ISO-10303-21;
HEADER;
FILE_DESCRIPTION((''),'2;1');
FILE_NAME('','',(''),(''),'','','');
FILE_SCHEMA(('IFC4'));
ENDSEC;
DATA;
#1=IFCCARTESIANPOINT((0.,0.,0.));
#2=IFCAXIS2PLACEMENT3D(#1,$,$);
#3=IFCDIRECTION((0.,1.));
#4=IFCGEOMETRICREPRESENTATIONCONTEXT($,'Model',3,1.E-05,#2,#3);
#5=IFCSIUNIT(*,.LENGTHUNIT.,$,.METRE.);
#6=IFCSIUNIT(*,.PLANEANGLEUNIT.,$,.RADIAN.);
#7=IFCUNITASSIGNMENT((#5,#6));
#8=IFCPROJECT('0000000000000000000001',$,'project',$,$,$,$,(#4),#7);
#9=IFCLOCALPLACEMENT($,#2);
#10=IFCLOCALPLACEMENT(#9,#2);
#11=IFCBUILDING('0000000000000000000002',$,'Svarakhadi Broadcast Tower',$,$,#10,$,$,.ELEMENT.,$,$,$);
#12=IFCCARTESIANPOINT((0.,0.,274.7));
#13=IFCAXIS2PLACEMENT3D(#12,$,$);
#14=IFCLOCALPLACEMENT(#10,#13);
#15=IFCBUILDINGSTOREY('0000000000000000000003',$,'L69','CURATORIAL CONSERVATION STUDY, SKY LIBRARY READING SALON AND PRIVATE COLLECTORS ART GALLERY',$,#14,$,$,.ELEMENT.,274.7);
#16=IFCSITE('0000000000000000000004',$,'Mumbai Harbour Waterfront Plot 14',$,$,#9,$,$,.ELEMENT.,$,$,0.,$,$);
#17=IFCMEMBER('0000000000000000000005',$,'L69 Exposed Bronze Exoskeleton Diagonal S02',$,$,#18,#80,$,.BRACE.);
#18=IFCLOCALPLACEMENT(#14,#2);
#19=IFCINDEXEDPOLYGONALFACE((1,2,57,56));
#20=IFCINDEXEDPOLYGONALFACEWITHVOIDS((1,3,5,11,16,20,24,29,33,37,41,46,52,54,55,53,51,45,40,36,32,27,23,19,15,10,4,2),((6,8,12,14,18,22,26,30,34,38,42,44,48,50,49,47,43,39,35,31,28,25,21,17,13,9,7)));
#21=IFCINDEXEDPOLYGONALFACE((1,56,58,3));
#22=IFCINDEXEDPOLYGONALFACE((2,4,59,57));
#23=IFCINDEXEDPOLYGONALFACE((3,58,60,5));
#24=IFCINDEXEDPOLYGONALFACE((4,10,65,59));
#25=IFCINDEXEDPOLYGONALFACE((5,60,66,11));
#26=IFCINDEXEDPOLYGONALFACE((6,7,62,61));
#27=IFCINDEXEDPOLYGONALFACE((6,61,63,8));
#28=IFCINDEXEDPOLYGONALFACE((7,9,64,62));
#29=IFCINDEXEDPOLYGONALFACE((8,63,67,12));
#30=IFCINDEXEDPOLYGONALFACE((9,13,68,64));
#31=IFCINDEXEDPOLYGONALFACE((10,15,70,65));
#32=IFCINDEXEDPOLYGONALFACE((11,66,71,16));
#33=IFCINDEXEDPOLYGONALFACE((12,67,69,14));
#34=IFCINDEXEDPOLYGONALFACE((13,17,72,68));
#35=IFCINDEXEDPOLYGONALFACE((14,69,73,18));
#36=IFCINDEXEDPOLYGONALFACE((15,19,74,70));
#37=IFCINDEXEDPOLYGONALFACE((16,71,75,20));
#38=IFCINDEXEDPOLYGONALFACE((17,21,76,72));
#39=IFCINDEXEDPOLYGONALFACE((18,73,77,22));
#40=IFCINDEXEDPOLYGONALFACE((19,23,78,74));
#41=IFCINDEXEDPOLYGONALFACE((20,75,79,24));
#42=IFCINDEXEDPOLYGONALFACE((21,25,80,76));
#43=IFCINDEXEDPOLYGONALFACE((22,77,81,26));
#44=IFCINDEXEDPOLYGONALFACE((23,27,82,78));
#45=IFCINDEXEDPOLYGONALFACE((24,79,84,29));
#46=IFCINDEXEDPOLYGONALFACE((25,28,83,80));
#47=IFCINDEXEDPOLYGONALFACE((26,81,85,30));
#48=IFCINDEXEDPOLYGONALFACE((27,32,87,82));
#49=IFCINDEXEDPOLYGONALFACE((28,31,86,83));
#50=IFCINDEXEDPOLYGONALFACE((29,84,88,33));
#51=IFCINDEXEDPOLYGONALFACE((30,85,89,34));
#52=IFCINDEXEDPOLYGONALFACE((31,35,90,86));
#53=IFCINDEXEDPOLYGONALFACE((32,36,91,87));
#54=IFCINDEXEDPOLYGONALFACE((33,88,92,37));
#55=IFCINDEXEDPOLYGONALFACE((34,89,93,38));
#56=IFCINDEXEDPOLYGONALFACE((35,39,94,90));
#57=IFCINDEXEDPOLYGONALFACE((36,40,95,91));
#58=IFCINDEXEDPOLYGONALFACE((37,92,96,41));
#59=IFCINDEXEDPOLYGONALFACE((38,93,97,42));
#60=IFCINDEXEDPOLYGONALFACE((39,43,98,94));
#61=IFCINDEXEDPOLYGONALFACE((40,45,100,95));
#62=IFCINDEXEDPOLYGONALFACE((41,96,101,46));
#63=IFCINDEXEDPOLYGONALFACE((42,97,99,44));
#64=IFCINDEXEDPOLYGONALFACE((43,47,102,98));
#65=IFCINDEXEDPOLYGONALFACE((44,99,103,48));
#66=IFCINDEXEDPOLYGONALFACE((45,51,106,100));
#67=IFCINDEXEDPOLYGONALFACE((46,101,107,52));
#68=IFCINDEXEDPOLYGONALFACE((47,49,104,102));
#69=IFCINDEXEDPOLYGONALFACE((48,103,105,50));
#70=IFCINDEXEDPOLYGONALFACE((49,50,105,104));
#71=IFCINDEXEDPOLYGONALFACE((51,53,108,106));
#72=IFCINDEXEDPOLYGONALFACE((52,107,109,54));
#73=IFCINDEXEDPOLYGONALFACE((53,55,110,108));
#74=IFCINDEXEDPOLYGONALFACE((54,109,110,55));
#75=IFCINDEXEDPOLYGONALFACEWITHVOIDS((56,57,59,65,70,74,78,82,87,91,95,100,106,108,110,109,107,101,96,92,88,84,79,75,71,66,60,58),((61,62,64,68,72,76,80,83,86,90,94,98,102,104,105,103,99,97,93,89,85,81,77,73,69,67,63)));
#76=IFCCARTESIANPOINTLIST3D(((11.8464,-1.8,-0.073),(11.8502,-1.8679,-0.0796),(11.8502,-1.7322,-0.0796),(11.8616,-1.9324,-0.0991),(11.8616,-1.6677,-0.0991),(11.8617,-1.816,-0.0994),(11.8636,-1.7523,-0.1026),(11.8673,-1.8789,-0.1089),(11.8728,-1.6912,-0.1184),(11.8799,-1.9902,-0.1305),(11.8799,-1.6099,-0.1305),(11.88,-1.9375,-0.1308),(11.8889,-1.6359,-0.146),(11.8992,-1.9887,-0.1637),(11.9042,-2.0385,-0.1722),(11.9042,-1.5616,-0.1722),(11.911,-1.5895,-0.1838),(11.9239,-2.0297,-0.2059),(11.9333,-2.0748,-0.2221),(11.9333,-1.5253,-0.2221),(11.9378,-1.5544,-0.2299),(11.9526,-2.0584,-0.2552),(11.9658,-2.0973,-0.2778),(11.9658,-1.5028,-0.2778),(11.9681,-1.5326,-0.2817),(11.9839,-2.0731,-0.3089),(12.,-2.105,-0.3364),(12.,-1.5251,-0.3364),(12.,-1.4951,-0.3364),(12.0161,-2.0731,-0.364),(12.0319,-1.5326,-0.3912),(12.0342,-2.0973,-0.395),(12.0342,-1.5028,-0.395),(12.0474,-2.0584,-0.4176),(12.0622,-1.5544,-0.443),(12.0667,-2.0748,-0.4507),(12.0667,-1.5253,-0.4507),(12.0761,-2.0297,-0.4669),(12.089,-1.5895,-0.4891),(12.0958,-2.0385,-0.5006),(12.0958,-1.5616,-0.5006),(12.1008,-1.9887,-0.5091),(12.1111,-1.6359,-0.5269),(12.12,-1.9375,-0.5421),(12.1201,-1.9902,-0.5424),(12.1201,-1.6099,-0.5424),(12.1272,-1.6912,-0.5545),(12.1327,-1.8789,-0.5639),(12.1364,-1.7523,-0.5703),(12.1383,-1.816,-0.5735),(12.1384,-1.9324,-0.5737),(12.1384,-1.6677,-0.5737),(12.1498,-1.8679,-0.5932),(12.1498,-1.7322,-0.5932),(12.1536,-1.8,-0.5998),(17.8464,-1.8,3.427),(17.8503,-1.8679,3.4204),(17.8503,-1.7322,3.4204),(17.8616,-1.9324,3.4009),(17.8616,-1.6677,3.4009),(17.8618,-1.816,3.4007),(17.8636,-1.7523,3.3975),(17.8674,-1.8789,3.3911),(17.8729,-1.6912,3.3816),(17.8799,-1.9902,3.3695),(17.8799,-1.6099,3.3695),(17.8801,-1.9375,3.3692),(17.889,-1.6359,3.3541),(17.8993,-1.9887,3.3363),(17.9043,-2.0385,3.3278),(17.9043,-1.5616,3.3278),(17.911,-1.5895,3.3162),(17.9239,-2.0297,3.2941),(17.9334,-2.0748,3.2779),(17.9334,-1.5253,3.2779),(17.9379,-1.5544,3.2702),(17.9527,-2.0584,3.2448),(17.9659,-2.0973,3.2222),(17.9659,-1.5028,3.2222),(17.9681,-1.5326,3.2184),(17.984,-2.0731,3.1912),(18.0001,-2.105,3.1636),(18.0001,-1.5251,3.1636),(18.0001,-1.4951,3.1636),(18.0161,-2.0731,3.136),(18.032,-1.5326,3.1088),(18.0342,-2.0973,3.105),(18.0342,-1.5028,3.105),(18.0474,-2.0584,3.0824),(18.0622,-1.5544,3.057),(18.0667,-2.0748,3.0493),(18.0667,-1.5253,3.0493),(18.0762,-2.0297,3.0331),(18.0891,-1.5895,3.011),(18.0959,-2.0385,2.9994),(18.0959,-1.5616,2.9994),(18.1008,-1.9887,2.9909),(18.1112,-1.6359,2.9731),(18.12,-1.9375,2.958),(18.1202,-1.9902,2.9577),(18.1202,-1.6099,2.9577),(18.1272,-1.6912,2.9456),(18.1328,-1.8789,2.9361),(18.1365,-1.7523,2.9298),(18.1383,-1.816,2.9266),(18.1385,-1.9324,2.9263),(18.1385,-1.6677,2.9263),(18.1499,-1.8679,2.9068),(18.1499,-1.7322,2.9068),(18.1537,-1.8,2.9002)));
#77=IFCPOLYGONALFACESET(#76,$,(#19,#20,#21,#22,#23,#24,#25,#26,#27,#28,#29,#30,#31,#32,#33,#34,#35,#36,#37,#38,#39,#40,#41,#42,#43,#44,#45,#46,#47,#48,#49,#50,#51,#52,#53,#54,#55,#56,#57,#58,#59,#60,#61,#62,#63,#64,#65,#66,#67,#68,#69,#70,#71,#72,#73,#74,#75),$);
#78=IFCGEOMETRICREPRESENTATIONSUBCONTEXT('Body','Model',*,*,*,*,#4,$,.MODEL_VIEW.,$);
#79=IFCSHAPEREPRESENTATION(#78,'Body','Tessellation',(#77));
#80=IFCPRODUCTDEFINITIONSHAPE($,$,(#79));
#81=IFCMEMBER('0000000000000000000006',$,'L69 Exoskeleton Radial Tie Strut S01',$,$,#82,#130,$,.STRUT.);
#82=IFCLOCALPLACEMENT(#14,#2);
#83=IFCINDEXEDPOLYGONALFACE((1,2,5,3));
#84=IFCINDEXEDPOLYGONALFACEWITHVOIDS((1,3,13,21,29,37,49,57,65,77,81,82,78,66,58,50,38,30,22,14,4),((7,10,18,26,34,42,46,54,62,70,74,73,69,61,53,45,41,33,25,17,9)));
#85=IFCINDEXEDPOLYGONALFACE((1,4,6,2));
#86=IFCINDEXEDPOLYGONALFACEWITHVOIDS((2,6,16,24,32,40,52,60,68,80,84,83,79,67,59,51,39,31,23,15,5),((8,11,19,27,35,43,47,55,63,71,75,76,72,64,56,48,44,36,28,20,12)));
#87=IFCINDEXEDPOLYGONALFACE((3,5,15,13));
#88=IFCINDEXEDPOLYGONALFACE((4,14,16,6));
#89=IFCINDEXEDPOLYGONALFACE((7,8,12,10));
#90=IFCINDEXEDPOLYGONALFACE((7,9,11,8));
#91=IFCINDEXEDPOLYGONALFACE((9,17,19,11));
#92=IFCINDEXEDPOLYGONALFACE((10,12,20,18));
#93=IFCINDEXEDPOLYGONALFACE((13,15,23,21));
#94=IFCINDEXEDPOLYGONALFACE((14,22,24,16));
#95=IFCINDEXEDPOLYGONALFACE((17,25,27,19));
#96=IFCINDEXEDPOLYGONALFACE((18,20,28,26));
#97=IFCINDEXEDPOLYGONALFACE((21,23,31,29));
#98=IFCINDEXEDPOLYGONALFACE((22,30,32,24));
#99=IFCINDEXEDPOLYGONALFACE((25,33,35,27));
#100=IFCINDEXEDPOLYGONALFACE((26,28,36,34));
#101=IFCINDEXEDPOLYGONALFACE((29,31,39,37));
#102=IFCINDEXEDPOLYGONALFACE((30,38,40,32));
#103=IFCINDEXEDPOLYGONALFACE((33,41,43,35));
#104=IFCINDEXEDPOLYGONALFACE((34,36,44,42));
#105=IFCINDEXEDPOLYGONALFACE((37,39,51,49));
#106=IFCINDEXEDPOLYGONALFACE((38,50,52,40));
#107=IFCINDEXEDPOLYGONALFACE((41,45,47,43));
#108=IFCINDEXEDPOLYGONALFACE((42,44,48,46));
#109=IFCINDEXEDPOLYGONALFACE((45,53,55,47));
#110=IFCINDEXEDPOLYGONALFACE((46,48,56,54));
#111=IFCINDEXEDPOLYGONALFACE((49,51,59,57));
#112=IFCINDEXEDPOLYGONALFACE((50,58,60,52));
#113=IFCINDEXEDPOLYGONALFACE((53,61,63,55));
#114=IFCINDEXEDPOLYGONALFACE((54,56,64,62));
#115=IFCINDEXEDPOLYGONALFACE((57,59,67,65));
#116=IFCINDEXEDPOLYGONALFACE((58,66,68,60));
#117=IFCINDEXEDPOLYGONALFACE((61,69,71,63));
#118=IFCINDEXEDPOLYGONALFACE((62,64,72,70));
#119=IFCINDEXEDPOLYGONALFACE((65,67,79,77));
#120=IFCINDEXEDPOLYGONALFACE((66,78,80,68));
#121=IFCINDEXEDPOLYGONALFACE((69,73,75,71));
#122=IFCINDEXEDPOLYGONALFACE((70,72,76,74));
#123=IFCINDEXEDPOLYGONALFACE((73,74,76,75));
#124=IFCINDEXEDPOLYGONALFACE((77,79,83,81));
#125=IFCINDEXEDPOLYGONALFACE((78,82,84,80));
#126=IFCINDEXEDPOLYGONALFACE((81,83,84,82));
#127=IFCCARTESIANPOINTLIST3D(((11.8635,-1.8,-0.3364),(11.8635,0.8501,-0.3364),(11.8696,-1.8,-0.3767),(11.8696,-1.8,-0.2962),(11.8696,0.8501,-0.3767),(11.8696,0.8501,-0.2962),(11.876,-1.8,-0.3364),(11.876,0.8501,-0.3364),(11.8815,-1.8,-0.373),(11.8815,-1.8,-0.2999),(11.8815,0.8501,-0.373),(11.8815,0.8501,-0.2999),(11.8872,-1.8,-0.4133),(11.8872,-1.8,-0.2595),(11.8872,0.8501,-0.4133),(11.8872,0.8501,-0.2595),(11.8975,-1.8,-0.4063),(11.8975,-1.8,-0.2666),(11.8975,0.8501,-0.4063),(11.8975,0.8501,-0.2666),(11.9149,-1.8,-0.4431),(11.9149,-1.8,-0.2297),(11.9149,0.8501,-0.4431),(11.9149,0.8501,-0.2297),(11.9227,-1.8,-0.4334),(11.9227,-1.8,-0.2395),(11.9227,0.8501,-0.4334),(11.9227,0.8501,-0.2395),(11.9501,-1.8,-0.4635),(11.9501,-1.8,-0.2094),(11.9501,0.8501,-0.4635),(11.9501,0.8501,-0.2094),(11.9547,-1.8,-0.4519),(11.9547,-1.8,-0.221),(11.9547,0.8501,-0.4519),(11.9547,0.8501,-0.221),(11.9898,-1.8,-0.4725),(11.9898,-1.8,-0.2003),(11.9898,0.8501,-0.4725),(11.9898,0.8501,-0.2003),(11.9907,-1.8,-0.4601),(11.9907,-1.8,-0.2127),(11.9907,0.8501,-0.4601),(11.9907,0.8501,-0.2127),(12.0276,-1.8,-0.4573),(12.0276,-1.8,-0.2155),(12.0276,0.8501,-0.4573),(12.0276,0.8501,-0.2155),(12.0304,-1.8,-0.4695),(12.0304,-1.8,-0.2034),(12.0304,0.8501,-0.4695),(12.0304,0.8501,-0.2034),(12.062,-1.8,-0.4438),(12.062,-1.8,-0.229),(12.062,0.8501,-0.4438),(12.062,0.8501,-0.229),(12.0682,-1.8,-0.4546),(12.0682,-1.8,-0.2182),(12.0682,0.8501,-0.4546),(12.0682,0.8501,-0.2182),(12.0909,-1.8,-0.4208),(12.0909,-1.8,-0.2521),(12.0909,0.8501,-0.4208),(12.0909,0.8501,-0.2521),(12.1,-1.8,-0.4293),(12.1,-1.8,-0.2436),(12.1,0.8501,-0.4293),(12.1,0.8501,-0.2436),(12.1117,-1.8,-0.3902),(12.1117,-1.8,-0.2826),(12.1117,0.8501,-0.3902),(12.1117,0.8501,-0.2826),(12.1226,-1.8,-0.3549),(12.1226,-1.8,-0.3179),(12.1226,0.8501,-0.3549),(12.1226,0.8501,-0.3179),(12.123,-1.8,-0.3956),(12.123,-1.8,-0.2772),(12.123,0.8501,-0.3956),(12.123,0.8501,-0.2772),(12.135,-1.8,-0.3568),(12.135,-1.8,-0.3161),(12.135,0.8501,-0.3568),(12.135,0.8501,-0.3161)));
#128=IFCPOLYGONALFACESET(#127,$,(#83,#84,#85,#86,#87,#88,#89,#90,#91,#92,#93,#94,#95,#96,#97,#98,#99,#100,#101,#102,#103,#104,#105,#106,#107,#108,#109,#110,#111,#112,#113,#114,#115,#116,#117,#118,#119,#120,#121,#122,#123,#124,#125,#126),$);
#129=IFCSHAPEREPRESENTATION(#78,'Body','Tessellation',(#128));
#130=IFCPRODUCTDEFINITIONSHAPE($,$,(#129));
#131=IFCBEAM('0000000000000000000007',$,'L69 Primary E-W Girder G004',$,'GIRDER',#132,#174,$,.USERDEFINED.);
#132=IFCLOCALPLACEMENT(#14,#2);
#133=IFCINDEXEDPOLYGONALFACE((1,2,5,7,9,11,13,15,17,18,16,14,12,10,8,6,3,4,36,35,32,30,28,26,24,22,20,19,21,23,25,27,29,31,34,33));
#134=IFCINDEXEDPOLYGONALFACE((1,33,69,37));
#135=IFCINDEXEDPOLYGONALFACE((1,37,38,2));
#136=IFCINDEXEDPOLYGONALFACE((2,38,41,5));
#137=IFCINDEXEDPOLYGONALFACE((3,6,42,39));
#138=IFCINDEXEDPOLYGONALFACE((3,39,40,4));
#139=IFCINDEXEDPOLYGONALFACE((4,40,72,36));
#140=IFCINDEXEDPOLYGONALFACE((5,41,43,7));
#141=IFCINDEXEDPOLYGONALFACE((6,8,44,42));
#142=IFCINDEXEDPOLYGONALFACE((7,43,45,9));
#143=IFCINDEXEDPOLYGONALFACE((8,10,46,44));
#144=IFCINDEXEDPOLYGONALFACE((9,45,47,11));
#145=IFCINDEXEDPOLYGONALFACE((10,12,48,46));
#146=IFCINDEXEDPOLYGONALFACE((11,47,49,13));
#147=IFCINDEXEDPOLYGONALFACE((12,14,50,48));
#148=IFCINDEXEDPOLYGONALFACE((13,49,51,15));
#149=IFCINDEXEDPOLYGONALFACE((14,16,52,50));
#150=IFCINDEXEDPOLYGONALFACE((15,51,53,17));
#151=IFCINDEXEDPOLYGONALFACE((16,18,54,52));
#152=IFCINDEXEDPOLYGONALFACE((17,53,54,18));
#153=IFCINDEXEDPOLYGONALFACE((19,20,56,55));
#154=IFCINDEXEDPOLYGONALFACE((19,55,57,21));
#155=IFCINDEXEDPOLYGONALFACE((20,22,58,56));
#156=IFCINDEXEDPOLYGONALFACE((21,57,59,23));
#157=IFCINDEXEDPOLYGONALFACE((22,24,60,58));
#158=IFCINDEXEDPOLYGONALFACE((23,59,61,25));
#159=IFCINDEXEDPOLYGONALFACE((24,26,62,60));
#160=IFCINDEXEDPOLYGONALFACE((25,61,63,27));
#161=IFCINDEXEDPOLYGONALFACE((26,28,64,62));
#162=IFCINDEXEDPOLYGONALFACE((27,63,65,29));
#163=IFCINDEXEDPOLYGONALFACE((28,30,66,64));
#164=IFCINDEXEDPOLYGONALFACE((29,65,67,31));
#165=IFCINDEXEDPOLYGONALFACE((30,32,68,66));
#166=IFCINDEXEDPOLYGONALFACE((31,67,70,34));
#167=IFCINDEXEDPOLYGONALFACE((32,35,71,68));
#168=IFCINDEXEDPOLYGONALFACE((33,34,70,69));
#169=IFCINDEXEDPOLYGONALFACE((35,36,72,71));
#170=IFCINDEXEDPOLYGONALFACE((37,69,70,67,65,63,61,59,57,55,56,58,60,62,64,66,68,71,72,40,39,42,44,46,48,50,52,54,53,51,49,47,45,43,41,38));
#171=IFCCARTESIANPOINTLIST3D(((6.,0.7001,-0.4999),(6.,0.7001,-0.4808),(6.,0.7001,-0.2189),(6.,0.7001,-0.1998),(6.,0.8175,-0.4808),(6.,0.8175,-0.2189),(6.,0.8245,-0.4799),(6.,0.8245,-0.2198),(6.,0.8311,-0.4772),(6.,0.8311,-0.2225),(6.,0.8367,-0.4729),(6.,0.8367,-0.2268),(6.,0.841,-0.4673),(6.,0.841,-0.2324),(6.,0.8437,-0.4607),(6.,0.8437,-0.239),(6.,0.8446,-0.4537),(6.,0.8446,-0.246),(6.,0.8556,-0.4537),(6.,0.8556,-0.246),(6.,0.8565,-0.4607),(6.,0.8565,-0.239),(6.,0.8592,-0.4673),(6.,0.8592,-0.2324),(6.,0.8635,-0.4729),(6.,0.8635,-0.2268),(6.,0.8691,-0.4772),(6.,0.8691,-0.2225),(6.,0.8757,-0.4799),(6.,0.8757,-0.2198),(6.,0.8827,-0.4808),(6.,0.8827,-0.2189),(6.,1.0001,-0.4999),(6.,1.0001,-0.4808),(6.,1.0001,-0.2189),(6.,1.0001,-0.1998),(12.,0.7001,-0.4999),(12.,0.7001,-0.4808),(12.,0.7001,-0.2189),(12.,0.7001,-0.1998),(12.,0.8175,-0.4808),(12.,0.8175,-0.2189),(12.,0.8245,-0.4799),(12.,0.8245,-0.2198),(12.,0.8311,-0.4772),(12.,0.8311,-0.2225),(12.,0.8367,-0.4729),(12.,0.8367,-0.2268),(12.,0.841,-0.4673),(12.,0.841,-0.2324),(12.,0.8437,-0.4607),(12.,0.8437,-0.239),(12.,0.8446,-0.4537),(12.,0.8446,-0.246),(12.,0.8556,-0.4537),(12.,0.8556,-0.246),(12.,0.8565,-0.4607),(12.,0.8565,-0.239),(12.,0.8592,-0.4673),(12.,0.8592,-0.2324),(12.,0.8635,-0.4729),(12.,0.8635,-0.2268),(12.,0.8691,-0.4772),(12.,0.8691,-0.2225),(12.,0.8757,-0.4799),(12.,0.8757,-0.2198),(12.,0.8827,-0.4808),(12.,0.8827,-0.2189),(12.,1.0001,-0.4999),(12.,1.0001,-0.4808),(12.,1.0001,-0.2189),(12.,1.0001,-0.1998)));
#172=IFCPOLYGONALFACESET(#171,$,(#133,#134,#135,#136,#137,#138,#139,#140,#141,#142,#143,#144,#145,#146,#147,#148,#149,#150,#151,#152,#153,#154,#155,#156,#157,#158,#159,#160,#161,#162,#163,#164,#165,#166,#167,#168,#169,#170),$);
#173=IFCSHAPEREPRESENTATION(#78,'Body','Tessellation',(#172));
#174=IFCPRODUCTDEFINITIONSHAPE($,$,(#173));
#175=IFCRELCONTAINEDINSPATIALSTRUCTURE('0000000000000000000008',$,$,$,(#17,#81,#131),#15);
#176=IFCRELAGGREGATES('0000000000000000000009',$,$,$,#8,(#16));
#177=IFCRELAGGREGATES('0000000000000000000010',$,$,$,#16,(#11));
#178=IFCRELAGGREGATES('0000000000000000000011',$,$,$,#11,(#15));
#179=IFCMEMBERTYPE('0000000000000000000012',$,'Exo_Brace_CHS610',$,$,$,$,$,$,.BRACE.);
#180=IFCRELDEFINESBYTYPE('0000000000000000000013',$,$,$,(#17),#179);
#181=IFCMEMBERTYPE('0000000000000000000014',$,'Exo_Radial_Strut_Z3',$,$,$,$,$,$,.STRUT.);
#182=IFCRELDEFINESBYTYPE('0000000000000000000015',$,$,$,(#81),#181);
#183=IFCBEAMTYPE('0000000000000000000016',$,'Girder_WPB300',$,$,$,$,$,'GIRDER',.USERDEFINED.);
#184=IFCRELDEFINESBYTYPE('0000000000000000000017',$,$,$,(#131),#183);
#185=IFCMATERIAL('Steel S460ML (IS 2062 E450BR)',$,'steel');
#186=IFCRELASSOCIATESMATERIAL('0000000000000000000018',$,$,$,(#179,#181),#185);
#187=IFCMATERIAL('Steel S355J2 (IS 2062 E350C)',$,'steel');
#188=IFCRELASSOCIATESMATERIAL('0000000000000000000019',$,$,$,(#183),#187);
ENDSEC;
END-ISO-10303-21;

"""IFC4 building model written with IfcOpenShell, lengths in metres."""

from ifc_helpers import new_model, si_unit, direction, frame, origin, origin_2d, place, context, subcontext, project, spatial, hollow_circle, i_section, extrude, material, material_profile, profile_set, type_object, element, save


model = new_model("IFC4")

# Units and contexts
model_context = context("Model", 3, precision=1e-05, world=origin(), true_north=direction((0.0, 1.0)))
body_context = subcontext(model_context, "Body", "Model", "MODEL_VIEW")
ifc_project = project(units=[si_unit("LENGTHUNIT", "METRE"), si_unit("PLANEANGLEUNIT", "RADIAN")], contexts=[model_context])

# Site, building, storey
site_placement = place(None, origin())
site = spatial("IfcSite", under=ifc_project, at=site_placement, Name="Mumbai Harbour Waterfront Plot 14", CompositionType="ELEMENT", RefElevation=0.0)
building_placement = place(site_placement, origin())
building = spatial("IfcBuilding", under=site, at=building_placement, Name="Svarakhadi Broadcast Tower", CompositionType="ELEMENT")
storey_placement = place(building_placement, frame((0.0, 0.0, 274.7)))
storey = spatial("IfcBuildingStorey", under=building, at=storey_placement, Name="L69", Description="CURATORIAL CONSERVATION STUDY, SKY LIBRARY READING SALON AND PRIVATE COLLECTORS ART GALLERY", CompositionType="ELEMENT", Elevation=274.7)

# Shared definitions
ifc_material_1 = material(Name="Steel S460ML (IS 2062 E450BR)", Category="steel")

# Members
ifc_material_profile_1 = material_profile(ifc_material_1, hollow_circle(Radius=0.3049, WallThickness=0.03, at=origin_2d()), Name="CHS 610x30")
ifc_profile_set_1 = profile_set([ifc_material_profile_1], Name="Steel S460ML (IS 2062 E450BR)")
member_type_1 = type_object("IfcMemberType", Name="Exo_Brace_CHS610", PredefinedType="BRACE", material=ifc_profile_set_1)
for number, where, z_axis, x_axis, name in (
    (1, (12.0, -1.8, -0.3364), (0.863779, 0.0, 0.503871), (0.0, 1.0, 0.0), "L69 Exposed Bronze Exoskeleton Diagonal S02"),
):
    element("IfcMember", number, at=place(storey_placement, frame(where, z_axis=z_axis, x_axis=x_axis)), inside=storey, type_object=member_type_1, Name=name, PredefinedType="BRACE", context=body_context, shape_type="SweptSolid", body=[
        extrude(hollow_circle(Radius=0.3049, WallThickness=0.03, at=origin_2d()), origin(), (0.0, 0.0, 1.0), 6.9463),
    ])
ifc_material_profile_2 = material_profile(ifc_material_1, hollow_circle(Radius=0.1365, WallThickness=0.0125, at=origin_2d()), Name="CHS 273x12.5")
ifc_profile_set_2 = profile_set([ifc_material_profile_2], Name="Steel S460ML (IS 2062 E450BR)")
member_type_2 = type_object("IfcMemberType", Name="Exo_Radial_Strut_Z3", PredefinedType="STRUT", material=ifc_profile_set_2)
member_1_placement = place(storey_placement, frame((12.0, -1.8, -0.3364), z_axis=(0.0, 1.0, 0.0), x_axis=(-1.0, 0.0, 0.0)))
element("IfcMember", 2, at=member_1_placement, inside=storey, type_object=member_type_2, Name="L69 Exoskeleton Radial Tie Strut S01", PredefinedType="STRUT", context=body_context, shape_type="SweptSolid", body=[
    extrude(hollow_circle(Radius=0.1365, WallThickness=0.0125, at=origin_2d()), origin(), (0.0, 0.0, 1.0), 2.6501),
])

# Beam
ifc_material_2 = material(Name="Steel S355J2 (IS 2062 E350C)", Category="steel")
ifc_material_profile_3 = material_profile(ifc_material_2, i_section(OverallWidth=0.3, OverallDepth=0.3, WebThickness=0.011, FlangeThickness=0.019, FilletRadius=0.0271, at=origin_2d()), Name="WPB 300x300x117")
ifc_profile_set_3 = profile_set([ifc_material_profile_3], Name="Steel S355J2 (IS 2062 E350C)")
beam_type = type_object("IfcBeamType", Name="Girder_WPB300", ElementType="GIRDER", PredefinedType="USERDEFINED", material=ifc_profile_set_3)
for number, where, z_axis, x_axis, name in (
    (3, (6.0, 0.8501, -0.3499), (1.0, 0.0, 0.0), (0.0, 1.0, 0.0), "L69 Primary E-W Girder G004"),
):
    element("IfcBeam", number, at=place(storey_placement, frame(where, z_axis=z_axis, x_axis=x_axis)), inside=storey, type_object=beam_type, Name=name, ObjectType="GIRDER", PredefinedType="USERDEFINED", context=body_context, shape_type="SweptSolid", body=[
        extrude(i_section(OverallWidth=0.3, OverallDepth=0.3, WebThickness=0.011, FlangeThickness=0.019, FilletRadius=0.0271, at=origin_2d()), origin(), (0.0, 0.0, 1.0), 6.0),
    ])

save(model, "model.ifc")
